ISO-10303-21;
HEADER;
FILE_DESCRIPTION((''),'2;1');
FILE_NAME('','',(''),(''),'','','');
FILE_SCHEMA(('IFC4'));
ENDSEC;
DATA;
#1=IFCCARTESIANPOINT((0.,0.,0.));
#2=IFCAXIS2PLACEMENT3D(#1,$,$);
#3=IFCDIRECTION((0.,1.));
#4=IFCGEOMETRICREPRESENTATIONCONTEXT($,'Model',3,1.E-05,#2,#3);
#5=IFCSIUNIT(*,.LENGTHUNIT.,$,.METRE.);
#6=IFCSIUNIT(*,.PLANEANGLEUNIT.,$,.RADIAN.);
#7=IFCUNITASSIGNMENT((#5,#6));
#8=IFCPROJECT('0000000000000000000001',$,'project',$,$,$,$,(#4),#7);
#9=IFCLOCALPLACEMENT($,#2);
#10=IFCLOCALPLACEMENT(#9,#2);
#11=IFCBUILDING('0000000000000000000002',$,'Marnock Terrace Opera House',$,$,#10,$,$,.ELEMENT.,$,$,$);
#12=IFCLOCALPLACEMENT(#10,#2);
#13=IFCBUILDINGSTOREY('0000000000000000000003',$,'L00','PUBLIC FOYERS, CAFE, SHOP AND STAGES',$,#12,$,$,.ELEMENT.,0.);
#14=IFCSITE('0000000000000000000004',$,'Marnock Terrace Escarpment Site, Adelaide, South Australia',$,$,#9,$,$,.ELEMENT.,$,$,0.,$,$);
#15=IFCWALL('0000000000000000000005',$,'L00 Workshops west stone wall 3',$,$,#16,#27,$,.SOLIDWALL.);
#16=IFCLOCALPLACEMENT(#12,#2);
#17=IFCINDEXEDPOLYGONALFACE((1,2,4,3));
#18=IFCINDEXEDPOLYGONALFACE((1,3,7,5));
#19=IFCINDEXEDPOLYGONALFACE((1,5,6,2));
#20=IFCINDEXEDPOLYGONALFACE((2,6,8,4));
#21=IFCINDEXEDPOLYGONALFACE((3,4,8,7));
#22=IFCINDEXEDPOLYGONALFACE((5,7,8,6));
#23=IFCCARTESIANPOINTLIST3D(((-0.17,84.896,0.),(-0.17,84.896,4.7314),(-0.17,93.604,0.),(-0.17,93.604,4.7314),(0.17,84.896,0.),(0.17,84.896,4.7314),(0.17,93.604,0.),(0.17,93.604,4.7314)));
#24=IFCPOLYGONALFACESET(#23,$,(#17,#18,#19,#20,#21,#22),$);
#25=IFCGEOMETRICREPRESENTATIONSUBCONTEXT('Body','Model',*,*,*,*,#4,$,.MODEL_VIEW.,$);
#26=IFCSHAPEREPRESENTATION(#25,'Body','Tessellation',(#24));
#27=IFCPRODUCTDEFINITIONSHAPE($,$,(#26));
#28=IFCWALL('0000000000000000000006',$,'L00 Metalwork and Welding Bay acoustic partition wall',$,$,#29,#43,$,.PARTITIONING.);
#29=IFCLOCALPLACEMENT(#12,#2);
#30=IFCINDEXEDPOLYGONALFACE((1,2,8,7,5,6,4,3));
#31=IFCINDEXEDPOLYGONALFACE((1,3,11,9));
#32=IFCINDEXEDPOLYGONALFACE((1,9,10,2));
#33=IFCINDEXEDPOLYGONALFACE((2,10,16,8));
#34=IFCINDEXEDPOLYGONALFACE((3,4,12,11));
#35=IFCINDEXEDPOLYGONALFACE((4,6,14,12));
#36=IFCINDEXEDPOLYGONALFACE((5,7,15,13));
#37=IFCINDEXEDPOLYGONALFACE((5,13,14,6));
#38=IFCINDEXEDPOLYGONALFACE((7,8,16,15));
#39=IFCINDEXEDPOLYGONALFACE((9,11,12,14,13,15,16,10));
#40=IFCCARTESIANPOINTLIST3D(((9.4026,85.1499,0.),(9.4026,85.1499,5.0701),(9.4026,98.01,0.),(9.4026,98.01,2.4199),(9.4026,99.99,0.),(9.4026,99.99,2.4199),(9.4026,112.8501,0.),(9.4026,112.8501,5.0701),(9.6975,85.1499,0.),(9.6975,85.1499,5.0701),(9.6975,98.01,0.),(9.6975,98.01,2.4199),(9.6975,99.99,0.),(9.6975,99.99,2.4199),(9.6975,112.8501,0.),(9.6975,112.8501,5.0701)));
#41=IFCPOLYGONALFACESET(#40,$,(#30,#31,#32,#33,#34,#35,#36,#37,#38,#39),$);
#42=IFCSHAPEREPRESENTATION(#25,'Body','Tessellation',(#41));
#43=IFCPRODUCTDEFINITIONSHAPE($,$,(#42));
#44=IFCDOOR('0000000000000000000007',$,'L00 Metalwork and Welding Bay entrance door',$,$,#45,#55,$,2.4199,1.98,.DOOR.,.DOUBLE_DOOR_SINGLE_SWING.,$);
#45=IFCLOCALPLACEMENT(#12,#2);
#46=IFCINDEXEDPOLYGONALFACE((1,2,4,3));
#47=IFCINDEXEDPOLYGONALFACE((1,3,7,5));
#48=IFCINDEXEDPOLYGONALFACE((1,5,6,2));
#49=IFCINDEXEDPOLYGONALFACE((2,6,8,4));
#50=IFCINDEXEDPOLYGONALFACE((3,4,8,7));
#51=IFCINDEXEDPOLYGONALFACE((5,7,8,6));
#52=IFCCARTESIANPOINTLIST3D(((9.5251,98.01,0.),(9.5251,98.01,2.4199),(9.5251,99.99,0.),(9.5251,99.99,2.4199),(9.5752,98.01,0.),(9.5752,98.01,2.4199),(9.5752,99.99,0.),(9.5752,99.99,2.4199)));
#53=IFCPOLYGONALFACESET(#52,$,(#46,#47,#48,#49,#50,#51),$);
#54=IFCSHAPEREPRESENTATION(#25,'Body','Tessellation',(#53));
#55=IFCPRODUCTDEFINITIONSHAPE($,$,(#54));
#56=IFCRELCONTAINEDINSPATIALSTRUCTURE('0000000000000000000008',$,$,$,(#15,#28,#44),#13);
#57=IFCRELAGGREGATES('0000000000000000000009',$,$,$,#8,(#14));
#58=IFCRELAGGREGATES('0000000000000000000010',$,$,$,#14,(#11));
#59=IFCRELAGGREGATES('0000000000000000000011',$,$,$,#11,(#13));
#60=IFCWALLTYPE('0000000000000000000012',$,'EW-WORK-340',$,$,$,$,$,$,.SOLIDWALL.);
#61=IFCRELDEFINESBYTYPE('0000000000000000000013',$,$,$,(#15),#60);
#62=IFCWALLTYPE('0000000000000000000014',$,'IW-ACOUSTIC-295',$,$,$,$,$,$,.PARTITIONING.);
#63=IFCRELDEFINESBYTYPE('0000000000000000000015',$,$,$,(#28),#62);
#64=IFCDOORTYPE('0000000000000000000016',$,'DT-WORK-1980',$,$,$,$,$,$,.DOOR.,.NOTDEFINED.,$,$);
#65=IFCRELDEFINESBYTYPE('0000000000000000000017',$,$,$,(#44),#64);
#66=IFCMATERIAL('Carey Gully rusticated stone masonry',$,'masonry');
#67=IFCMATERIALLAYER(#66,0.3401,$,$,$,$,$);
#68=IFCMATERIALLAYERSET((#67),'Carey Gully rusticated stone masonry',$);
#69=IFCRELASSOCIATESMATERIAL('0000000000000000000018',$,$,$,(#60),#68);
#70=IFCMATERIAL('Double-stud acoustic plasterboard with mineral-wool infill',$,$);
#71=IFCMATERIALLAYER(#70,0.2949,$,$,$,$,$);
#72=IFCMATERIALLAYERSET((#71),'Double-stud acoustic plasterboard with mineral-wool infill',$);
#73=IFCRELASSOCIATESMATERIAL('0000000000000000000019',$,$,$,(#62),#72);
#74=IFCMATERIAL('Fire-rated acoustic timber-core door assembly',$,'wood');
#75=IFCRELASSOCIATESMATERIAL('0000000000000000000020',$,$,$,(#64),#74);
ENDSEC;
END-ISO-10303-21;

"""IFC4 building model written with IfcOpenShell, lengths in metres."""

from ifc_helpers import new_model, si_unit, direction, frame, frame_2d, origin, place, context, subcontext, project, spatial, rectangle, extrude, material, layer, layer_set, type_object, element, fill, save


model = new_model("IFC4")

# Units and contexts
model_context = context("Model", 3, precision=1e-05, world=origin(), true_north=direction((0.0, 1.0)))
body_context = subcontext(model_context, "Body", "Model", "MODEL_VIEW")
ifc_project = project(units=[si_unit("LENGTHUNIT", "METRE"), si_unit("PLANEANGLEUNIT", "RADIAN")], contexts=[model_context])

# Site, building, storey
site_placement = place(None, origin())
site = spatial("IfcSite", under=ifc_project, at=site_placement, Name="Marnock Terrace Escarpment Site, Adelaide, South Australia", CompositionType="ELEMENT", RefElevation=0.0)
building_placement = place(site_placement, origin())
building = spatial("IfcBuilding", under=site, at=building_placement, Name="Marnock Terrace Opera House", CompositionType="ELEMENT")
storey_placement = place(building_placement, origin())
storey = spatial("IfcBuildingStorey", under=building, at=storey_placement, Name="L00", Description="PUBLIC FOYERS, CAFE, SHOP AND STAGES", CompositionType="ELEMENT", Elevation=0.0)

# Wall
ifc_material_1 = material(Name="Carey Gully rusticated stone masonry", Category="masonry")
ifc_layer_1 = layer(ifc_material_1, 0.3401)
ifc_layer_set_1 = layer_set([ifc_layer_1], Name="Carey Gully rusticated stone masonry")
wall_type_1 = type_object("IfcWallType", Name="EW-WORK-340", PredefinedType="SOLIDWALL", material=ifc_layer_set_1)
wall_1_placement = place(storey_placement, frame((0.0, 84.896, 0.0), z_axis=(0.0, 0.0, 1.0), x_axis=(0.0, 1.0, 0.0)))
element("IfcWall", 1, at=wall_1_placement, inside=storey, type_object=wall_type_1, Name="L00 Workshops west stone wall 3", PredefinedType="SOLIDWALL", context=body_context, shape_type="SweptSolid", body=[
    extrude(rectangle(XDim=8.708, YDim=0.3401, at=frame_2d((4.354, 0.0))), origin(), (0.0, 0.0, 1.0), 4.7314),
])

# Wall, opening, door
ifc_material_2 = material(Name="Double-stud acoustic plasterboard with mineral-wool infill")
ifc_layer_2 = layer(ifc_material_2, 0.2949)
ifc_layer_set_2 = layer_set([ifc_layer_2], Name="Double-stud acoustic plasterboard with mineral-wool infill")
wall_type_2 = type_object("IfcWallType", Name="IW-ACOUSTIC-295", PredefinedType="PARTITIONING", material=ifc_layer_set_2)
wall_2_placement = place(storey_placement, frame((9.55, 85.1499, 0.0), z_axis=(0.0, 0.0, 1.0), x_axis=(0.0, 1.0, 0.0)))
wall_2 = element("IfcWall", 2, at=wall_2_placement, inside=storey, type_object=wall_type_2, Name="L00 Metalwork and Welding Bay acoustic partition wall", PredefinedType="PARTITIONING", context=body_context, shape_type="SweptSolid", body=[
    extrude(rectangle(XDim=27.7002, YDim=0.2949, at=frame_2d((13.8501, 0.0))), origin(), (0.0, 0.0, 1.0), 5.0701),
])
opening_1_placement = place(wall_2_placement, frame((12.8601, 0.0, 0.0)))
opening_1 = element("IfcOpeningElement", 3, at=opening_1_placement, cuts=wall_2, PredefinedType="OPENING", context=body_context, shape_type="SweptSolid", body=[
    extrude(rectangle(XDim=1.98, YDim=2.4199, at=frame_2d((0.99, 1.21))), frame((0.0, 0.1575, 0.0), z_axis=(0.0, -1.0, 0.0), x_axis=(1.0, 0.0, 0.0)), (0.0, 0.0, 1.0), 0.3149),
])
ifc_material_3 = material(Name="Fire-rated acoustic timber-core door assembly", Category="wood")
door_type_1 = type_object("IfcDoorType", Name="DT-WORK-1980", OperationType="NOTDEFINED", PredefinedType="DOOR", material=ifc_material_3)
door_1_placement = place(opening_1_placement, origin())
door_1 = element("IfcDoor", 4, at=door_1_placement, inside=storey, type_object=door_type_1, Name="L00 Metalwork and Welding Bay entrance door", OperationType="DOUBLE_DOOR_SINGLE_SWING", OverallHeight=2.4199, OverallWidth=1.98, PredefinedType="DOOR", context=body_context, shape_type="SweptSolid", body=[
    extrude(rectangle(XDim=1.98, YDim=2.4199, at=frame_2d((0.99, 1.21))), frame((0.0, 0.0249, 0.0), z_axis=(0.0, -1.0, 0.0), x_axis=(1.0, 0.0, 0.0)), (0.0, 0.0, 1.0), 0.05),
])
fill(opening_1, door_1)

save(model, "model.ifc")
